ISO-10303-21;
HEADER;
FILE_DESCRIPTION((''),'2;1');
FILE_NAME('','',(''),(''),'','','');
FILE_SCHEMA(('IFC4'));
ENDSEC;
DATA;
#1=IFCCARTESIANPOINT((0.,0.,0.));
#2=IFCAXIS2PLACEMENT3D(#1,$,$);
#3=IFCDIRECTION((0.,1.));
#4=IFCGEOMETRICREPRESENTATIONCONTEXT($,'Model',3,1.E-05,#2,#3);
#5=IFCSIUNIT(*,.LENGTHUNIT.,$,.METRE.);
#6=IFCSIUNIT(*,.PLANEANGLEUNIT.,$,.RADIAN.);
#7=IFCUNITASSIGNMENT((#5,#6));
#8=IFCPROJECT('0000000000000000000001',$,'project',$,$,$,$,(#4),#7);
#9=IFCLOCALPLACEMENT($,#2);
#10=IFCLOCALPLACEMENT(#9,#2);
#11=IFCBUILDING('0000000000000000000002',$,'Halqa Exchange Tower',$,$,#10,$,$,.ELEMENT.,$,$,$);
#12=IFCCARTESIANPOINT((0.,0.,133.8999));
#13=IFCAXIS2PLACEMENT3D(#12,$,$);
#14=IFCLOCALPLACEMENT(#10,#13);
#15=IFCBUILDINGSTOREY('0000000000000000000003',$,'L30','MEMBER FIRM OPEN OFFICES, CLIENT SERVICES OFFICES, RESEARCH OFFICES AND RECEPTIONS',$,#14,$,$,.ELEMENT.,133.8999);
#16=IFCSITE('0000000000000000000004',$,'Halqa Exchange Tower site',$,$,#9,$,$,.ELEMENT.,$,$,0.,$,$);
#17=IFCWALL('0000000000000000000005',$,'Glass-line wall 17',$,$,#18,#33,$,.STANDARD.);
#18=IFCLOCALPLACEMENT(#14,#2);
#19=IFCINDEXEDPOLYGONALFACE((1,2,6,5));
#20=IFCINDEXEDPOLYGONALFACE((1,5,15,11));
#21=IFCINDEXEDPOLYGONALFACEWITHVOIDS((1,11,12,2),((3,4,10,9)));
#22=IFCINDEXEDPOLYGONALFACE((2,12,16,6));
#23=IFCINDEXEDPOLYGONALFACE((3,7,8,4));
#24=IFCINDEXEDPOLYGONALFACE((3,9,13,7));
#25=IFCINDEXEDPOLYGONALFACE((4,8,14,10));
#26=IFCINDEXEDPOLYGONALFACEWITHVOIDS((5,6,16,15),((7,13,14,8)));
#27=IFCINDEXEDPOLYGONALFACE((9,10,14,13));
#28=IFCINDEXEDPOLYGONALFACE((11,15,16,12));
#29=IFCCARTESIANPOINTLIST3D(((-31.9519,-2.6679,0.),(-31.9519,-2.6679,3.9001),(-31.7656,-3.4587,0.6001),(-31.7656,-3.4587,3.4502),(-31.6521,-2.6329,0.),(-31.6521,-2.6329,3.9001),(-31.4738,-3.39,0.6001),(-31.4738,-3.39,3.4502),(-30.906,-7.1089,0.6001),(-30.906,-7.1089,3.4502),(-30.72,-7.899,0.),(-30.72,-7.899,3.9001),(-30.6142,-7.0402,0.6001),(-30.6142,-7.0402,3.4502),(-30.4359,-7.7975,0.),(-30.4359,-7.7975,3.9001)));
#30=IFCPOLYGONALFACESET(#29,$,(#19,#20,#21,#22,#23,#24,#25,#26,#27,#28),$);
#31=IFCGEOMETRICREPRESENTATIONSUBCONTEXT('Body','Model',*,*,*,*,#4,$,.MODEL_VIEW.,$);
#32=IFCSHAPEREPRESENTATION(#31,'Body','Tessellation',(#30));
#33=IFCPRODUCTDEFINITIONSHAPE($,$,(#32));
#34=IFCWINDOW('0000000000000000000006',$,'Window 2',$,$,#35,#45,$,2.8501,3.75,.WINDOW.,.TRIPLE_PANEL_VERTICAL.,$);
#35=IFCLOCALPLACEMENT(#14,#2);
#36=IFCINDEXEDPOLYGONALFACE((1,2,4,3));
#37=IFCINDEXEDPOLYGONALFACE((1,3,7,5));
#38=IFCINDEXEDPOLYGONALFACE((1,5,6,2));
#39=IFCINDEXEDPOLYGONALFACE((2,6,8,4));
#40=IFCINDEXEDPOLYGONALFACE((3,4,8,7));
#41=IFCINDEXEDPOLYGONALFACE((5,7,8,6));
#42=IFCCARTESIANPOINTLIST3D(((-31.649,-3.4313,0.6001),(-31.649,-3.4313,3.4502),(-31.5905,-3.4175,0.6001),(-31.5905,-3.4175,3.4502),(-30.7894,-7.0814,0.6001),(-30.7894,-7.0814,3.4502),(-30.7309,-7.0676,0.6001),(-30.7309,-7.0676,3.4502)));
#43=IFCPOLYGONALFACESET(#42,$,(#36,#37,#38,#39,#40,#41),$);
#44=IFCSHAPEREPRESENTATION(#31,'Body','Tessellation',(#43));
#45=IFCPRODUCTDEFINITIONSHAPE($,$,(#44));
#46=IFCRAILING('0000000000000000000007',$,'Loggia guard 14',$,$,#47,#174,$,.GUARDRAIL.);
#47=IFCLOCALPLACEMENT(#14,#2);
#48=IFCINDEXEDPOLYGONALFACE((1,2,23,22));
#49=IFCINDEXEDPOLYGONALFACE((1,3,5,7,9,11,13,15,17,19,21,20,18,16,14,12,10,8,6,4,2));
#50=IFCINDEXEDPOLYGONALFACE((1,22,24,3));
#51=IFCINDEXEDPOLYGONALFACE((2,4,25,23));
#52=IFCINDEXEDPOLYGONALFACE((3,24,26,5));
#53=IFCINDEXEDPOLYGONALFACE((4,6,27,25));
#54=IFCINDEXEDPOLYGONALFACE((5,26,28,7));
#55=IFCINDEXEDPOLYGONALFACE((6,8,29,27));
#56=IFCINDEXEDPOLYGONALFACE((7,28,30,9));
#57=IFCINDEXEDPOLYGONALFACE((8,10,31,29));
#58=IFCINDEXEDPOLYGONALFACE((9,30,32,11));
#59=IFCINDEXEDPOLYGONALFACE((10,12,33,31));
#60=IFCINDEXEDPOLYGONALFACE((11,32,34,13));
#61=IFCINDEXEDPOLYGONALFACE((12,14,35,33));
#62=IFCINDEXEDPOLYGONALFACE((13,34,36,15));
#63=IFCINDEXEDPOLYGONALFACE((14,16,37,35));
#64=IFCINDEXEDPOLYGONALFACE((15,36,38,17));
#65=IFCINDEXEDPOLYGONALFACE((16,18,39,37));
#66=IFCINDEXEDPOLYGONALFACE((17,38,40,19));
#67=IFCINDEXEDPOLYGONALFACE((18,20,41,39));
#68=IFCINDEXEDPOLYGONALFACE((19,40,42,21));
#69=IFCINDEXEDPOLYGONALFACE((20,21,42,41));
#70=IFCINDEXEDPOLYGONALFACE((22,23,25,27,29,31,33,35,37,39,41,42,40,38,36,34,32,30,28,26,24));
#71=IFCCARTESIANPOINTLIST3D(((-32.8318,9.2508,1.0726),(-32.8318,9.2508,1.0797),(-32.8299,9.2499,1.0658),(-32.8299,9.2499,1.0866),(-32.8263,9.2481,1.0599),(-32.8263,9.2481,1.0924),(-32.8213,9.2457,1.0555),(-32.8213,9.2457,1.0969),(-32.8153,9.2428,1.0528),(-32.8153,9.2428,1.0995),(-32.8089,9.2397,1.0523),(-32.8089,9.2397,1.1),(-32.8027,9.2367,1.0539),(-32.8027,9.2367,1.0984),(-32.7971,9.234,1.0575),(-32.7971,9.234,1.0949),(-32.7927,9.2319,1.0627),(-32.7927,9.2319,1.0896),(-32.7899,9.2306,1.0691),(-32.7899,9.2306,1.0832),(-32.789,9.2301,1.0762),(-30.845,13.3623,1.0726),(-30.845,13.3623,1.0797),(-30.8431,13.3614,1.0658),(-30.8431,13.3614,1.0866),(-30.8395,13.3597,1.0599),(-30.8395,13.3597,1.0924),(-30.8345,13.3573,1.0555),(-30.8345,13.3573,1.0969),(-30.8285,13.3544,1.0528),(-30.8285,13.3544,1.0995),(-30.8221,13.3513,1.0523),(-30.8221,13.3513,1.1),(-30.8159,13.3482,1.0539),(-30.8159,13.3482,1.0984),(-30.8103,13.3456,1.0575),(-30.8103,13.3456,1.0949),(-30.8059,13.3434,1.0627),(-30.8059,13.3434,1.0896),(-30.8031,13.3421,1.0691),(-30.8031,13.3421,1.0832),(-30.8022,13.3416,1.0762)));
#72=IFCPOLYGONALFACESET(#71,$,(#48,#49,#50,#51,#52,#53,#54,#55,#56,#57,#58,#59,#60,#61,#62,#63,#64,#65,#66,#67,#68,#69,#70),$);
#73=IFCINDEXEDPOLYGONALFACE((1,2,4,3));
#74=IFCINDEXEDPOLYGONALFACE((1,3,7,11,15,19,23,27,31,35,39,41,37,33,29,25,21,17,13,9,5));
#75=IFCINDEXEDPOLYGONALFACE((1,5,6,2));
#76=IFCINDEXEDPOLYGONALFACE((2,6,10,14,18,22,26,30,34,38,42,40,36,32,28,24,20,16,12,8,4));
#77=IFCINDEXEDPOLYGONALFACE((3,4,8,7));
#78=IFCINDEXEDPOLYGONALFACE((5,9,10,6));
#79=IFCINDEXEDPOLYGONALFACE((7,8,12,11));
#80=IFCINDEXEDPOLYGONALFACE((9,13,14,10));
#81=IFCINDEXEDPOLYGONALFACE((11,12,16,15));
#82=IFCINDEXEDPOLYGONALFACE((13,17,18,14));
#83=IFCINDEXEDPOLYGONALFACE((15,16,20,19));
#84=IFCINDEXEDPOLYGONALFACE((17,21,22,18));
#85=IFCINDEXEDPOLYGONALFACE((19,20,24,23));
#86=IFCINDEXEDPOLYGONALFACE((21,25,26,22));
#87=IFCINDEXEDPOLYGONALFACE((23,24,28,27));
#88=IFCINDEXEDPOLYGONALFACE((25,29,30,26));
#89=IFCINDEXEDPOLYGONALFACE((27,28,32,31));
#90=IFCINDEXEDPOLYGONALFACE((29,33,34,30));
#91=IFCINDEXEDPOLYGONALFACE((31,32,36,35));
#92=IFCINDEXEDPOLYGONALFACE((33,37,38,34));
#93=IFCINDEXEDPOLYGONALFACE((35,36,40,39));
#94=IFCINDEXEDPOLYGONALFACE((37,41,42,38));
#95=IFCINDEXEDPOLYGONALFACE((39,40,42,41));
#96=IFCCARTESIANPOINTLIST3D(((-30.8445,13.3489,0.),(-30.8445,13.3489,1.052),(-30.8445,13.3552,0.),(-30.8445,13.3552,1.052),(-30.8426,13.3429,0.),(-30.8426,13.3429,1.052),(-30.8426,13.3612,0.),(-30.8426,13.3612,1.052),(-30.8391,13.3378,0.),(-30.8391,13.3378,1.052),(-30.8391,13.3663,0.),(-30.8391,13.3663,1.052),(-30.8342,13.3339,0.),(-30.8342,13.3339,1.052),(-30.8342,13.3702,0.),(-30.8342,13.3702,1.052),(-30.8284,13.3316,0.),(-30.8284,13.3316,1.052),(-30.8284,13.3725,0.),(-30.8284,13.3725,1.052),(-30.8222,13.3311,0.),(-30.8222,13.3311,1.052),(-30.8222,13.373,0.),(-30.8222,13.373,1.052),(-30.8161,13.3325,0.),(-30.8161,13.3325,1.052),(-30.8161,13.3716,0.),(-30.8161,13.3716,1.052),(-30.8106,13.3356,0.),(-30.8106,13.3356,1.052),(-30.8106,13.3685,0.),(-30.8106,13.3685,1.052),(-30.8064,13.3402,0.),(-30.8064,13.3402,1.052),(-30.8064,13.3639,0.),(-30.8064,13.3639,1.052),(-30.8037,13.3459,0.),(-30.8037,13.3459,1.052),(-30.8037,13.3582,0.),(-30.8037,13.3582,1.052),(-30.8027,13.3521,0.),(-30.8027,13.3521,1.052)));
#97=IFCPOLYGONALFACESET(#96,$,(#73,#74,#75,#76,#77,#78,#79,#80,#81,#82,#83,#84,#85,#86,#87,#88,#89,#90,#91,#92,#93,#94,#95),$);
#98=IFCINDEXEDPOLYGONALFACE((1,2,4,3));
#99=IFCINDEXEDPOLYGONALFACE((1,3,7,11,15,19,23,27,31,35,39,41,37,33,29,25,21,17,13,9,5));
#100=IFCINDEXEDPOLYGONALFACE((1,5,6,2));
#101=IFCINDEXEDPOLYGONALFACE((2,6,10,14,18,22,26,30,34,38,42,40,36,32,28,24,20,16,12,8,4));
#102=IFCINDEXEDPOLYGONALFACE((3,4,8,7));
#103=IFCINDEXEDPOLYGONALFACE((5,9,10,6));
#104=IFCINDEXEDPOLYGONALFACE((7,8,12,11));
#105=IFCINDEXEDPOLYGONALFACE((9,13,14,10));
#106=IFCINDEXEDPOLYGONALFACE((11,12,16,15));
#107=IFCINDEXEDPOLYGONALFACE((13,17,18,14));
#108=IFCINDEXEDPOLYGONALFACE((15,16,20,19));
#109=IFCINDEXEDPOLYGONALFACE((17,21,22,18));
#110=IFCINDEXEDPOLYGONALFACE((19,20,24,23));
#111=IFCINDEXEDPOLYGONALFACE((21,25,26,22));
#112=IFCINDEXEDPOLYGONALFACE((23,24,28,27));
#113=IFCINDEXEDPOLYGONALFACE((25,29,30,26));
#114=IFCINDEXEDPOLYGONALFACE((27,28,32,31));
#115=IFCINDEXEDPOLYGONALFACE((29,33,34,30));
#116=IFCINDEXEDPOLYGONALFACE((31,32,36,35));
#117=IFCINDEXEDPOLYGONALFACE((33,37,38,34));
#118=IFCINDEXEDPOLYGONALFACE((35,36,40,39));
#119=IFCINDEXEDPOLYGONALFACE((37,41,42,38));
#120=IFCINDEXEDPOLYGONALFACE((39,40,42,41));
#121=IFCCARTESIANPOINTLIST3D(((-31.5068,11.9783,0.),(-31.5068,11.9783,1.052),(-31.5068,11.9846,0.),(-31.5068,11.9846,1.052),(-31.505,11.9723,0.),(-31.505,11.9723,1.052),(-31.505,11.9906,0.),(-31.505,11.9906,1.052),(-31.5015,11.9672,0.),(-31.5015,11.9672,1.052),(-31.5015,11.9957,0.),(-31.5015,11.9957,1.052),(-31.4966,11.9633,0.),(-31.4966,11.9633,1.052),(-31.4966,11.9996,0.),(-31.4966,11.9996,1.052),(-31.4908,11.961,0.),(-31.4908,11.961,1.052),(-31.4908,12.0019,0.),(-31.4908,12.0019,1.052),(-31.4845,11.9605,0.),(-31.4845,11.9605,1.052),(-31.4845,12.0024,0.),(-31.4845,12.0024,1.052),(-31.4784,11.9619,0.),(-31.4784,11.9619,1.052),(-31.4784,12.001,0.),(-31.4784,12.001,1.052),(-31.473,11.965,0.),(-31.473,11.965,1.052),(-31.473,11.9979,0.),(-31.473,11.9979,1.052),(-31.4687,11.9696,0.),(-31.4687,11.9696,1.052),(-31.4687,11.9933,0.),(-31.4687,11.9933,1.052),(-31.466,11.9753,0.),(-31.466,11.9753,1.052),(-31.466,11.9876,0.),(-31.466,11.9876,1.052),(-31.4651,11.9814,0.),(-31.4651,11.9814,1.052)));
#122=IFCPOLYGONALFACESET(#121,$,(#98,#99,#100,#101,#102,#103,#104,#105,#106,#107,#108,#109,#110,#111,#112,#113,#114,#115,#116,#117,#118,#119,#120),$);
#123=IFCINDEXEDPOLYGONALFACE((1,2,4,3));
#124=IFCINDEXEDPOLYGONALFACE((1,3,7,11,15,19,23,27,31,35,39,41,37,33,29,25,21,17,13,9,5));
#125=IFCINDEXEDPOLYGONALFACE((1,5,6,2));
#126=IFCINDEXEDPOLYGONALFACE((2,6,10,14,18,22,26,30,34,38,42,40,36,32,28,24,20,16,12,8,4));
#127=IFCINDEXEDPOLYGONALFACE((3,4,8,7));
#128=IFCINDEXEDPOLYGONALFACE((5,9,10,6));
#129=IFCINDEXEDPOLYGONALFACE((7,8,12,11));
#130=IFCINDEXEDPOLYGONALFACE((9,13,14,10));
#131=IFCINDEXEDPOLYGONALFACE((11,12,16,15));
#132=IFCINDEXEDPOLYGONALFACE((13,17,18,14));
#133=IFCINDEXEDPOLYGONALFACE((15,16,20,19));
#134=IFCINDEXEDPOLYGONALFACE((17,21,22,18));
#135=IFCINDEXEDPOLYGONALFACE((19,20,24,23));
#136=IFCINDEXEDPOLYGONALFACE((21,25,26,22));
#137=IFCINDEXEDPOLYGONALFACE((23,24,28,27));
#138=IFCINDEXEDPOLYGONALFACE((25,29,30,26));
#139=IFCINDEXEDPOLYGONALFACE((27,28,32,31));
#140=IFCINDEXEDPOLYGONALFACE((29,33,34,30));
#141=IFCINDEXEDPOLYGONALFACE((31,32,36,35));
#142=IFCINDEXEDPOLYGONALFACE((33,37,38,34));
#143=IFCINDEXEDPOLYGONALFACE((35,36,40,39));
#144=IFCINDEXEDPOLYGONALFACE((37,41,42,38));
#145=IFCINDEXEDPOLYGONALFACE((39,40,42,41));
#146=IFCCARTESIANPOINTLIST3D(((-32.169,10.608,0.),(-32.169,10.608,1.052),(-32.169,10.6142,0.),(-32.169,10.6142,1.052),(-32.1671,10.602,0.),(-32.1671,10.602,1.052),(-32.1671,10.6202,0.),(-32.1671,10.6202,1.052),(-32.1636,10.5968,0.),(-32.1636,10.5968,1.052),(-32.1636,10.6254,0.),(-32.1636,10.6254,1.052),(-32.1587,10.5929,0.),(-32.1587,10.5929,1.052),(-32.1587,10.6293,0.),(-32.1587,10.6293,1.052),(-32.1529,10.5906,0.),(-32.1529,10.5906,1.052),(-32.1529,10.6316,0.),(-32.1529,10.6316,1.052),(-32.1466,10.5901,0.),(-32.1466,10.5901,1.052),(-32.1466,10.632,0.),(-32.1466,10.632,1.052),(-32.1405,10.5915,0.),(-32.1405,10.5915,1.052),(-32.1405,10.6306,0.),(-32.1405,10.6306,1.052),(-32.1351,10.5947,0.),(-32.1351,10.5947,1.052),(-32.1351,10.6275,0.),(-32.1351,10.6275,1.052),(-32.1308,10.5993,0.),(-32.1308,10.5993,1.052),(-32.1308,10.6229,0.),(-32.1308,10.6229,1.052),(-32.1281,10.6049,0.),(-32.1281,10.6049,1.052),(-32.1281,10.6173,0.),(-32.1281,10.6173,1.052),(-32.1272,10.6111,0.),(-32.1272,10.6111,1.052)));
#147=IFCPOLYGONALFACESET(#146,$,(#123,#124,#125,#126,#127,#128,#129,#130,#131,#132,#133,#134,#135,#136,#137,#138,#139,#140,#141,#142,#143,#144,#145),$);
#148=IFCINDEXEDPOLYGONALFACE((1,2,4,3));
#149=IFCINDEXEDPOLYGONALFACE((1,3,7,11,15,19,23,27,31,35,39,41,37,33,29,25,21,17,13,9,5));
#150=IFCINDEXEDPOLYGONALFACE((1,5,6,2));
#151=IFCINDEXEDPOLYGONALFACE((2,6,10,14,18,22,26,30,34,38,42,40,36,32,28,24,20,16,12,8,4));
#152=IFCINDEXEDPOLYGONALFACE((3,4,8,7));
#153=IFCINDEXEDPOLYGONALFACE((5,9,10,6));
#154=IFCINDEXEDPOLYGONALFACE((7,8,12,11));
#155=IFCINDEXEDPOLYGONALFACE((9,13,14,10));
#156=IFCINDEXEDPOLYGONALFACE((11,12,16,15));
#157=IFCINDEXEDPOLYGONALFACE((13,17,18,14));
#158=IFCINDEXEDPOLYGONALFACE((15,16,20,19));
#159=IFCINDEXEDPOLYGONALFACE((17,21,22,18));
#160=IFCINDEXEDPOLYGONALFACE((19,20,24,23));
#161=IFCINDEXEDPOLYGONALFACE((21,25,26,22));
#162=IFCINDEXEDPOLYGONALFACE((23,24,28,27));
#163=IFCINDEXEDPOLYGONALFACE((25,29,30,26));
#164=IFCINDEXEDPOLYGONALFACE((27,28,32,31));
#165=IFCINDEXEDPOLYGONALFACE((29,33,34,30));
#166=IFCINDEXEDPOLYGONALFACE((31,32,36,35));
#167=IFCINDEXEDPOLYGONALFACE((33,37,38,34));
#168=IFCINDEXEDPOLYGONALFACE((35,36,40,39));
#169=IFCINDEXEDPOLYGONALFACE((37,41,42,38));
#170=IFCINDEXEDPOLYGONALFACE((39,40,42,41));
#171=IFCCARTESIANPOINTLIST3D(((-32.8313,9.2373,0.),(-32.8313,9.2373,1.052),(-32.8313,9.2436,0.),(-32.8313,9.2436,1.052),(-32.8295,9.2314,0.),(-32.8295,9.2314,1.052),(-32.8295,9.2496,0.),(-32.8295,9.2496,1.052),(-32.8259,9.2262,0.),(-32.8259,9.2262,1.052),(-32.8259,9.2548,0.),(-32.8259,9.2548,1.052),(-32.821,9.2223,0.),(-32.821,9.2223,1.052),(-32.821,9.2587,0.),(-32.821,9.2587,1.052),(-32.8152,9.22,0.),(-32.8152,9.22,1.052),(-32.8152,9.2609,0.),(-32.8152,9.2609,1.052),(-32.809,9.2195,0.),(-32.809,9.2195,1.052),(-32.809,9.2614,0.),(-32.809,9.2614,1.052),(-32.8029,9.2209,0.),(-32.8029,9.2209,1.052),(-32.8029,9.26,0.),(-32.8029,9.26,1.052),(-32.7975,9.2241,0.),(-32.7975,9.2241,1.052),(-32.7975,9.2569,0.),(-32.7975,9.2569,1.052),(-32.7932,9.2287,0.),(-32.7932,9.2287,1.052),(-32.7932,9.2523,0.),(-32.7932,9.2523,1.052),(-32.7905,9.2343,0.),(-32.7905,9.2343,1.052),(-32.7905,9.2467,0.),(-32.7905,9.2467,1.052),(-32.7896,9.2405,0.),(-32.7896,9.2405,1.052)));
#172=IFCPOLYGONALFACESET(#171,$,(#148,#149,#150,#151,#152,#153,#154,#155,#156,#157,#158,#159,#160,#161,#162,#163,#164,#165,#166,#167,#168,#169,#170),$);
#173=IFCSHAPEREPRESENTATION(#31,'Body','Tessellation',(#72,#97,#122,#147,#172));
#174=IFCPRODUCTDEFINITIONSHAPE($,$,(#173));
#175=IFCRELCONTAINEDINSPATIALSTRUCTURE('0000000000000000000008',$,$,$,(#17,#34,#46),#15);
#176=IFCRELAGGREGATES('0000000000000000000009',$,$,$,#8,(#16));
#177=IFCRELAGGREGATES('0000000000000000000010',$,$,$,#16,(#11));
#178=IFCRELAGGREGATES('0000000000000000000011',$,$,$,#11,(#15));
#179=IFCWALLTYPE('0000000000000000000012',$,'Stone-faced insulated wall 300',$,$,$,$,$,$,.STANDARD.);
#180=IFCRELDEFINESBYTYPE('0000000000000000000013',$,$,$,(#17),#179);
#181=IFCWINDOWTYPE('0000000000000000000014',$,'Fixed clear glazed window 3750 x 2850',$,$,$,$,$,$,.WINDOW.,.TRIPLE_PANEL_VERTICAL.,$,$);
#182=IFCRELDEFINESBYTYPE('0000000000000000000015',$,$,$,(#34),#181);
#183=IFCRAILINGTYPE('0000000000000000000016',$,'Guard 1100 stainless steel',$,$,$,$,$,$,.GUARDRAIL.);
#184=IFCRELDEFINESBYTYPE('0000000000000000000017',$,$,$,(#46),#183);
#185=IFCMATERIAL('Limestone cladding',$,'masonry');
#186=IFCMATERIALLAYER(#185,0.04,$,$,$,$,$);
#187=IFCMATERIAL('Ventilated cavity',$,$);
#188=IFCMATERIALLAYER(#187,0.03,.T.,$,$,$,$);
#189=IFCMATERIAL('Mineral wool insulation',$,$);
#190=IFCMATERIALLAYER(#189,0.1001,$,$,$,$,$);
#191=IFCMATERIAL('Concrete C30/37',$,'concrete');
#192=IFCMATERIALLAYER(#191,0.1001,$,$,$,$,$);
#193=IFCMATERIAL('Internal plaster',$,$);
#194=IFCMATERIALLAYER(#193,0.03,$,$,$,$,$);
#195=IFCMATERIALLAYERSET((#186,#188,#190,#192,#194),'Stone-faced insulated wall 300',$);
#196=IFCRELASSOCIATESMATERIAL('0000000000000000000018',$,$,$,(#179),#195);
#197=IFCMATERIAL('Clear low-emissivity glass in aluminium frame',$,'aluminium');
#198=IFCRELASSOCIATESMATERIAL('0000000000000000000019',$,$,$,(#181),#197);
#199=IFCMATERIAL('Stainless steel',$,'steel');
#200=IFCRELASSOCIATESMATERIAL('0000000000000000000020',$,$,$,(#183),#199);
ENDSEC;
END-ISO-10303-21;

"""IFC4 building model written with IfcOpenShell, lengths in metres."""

from ifc_helpers import new_model, si_unit, direction, frame, frame_2d, origin, origin_2d, place, context, subcontext, project, spatial, polyline, rectangle, circle, outline, extrude, material, layer, layer_set, type_object, element, fill, save


model = new_model("IFC4")

# Units and contexts
model_context = context("Model", 3, precision=1e-05, world=origin(), true_north=direction((0.0, 1.0)))
body_context = subcontext(model_context, "Body", "Model", "MODEL_VIEW")
ifc_project = project(units=[si_unit("LENGTHUNIT", "METRE"), si_unit("PLANEANGLEUNIT", "RADIAN")], contexts=[model_context])

# Site, building, storey
site_placement = place(None, origin())
site = spatial("IfcSite", under=ifc_project, at=site_placement, Name="Halqa Exchange Tower site", CompositionType="ELEMENT", RefElevation=0.0)
building_placement = place(site_placement, origin())
building = spatial("IfcBuilding", under=site, at=building_placement, Name="Halqa Exchange Tower", CompositionType="ELEMENT")
storey_placement = place(building_placement, frame((0.0, 0.0, 133.8999)))
storey = spatial("IfcBuildingStorey", under=building, at=storey_placement, Name="L30", Description="MEMBER FIRM OPEN OFFICES, CLIENT SERVICES OFFICES, RESEARCH OFFICES AND RECEPTIONS", CompositionType="ELEMENT", Elevation=133.8999)

# Shared definitions
ifc_material_1 = material(Name="Limestone cladding", Category="masonry")
ifc_layer_1 = layer(ifc_material_1, 0.04)
ifc_material_2 = material(Name="Ventilated cavity")
ifc_layer_2 = layer(ifc_material_2, 0.03, ventilated=True)
ifc_material_3 = material(Name="Mineral wool insulation")
ifc_layer_3 = layer(ifc_material_3, 0.1001)
ifc_material_4 = material(Name="Concrete C30/37", Category="concrete")
ifc_layer_4 = layer(ifc_material_4, 0.1001)
ifc_material_5 = material(Name="Internal plaster")
ifc_layer_5 = layer(ifc_material_5, 0.03)
ifc_layer_set_1 = layer_set([ifc_layer_1, ifc_layer_2, ifc_layer_3, ifc_layer_4, ifc_layer_5], Name="Stone-faced insulated wall 300")
wall_type_1 = type_object("IfcWallType", Name="Stone-faced insulated wall 300", PredefinedType="STANDARD", material=ifc_layer_set_1)
ifc_material_6 = material(Name="Clear low-emissivity glass in aluminium frame", Category="aluminium")
window_type = type_object("IfcWindowType", Name="Fixed clear glazed window 3750 x 2850", PartitioningType="TRIPLE_PANEL_VERTICAL", PredefinedType="WINDOW", material=ifc_material_6)

# Wall, opening, window
wall_1_placement = place(storey_placement, frame((-31.802, -2.6504, 0.0), z_axis=(0.0, 0.0, 1.0), x_axis=(0.229228, -0.973373, 0.0)))
wall_1 = element("IfcWall", 1, at=wall_1_placement, inside=storey, type_object=wall_type_1, Name="Glass-line wall 17", PredefinedType="STANDARD", context=body_context, shape_type="SweptSolid", body=[
    extrude(outline(polyline([(-0.0173, -0.1499), (5.3569, -0.1499), (5.3232, 0.1499), (0.0173, 0.1499), (-0.0173, -0.1499)])), origin(), (0.0, 0.0, 1.0), 3.9001),
])
opening_1_placement = place(wall_1_placement, frame((0.7952, 0.0, 0.6001)))
opening_1 = element("IfcOpeningElement", 2, at=opening_1_placement, cuts=wall_1, PredefinedType="OPENING", context=body_context, shape_type="SweptSolid", body=[
    extrude(rectangle(XDim=3.75, YDim=2.8501, at=frame_2d((1.875, 1.425))), frame((0.0, 0.1621, 0.0), z_axis=(0.0, -1.0, 0.0), x_axis=(1.0, 0.0, 0.0)), (0.0, 0.0, 1.0), 0.324),
])
window_1_placement = place(opening_1_placement, origin())
window_1 = element("IfcWindow", 3, at=window_1_placement, inside=storey, type_object=window_type, Name="Window 2", OverallHeight=2.8501, OverallWidth=3.75, PartitioningType="TRIPLE_PANEL_VERTICAL", PredefinedType="WINDOW", context=body_context, shape_type="SweptSolid", body=[
    extrude(rectangle(XDim=3.75, YDim=2.8501, at=frame_2d((1.875, 1.425))), frame((0.0, 0.03, 0.0), z_axis=(0.0, -1.0, 0.0), x_axis=(1.0, 0.0, 0.0)), (0.0, 0.0, 1.0), 0.0601),
])
fill(opening_1, window_1)

# Railing
ifc_material_7 = material(Name="Stainless steel", Category="steel")
railing_type = type_object("IfcRailingType", Name="Guard 1100 stainless steel", PredefinedType="GUARDRAIL", material=ifc_material_7)
railing_1_placement = place(storey_placement, frame((-30.8237, 13.3521, 0.0)))
element("IfcRailing", 4, at=railing_1_placement, inside=storey, type_object=railing_type, Name="Loggia guard 14", PredefinedType="GUARDRAIL", context=body_context, shape_type="SweptSolid", body=[
    extrude(circle(Radius=0.0239, at=origin_2d()), frame((0.0, 0.0, 1.0762), z_axis=(-0.43509, -0.900387, 0.0), x_axis=(0.900387, -0.43509, 0.0)), (0.0, 0.0, 1.0), 4.5664),
    extrude(circle(Radius=0.021, at=origin_2d()), origin(), (0.0, 0.0, 1.0), 1.052),
    extrude(circle(Radius=0.021, at=origin_2d()), frame((-0.6624, -1.3706, 0.0)), (0.0, 0.0, 1.0), 1.052),
    extrude(circle(Radius=0.021, at=origin_2d()), frame((-1.3245, -2.741, 0.0)), (0.0, 0.0, 1.0), 1.052),
    extrude(circle(Radius=0.021, at=origin_2d()), frame((-1.9868, -4.1116, 0.0)), (0.0, 0.0, 1.0), 1.052),
])

save(model, "model.ifc")
